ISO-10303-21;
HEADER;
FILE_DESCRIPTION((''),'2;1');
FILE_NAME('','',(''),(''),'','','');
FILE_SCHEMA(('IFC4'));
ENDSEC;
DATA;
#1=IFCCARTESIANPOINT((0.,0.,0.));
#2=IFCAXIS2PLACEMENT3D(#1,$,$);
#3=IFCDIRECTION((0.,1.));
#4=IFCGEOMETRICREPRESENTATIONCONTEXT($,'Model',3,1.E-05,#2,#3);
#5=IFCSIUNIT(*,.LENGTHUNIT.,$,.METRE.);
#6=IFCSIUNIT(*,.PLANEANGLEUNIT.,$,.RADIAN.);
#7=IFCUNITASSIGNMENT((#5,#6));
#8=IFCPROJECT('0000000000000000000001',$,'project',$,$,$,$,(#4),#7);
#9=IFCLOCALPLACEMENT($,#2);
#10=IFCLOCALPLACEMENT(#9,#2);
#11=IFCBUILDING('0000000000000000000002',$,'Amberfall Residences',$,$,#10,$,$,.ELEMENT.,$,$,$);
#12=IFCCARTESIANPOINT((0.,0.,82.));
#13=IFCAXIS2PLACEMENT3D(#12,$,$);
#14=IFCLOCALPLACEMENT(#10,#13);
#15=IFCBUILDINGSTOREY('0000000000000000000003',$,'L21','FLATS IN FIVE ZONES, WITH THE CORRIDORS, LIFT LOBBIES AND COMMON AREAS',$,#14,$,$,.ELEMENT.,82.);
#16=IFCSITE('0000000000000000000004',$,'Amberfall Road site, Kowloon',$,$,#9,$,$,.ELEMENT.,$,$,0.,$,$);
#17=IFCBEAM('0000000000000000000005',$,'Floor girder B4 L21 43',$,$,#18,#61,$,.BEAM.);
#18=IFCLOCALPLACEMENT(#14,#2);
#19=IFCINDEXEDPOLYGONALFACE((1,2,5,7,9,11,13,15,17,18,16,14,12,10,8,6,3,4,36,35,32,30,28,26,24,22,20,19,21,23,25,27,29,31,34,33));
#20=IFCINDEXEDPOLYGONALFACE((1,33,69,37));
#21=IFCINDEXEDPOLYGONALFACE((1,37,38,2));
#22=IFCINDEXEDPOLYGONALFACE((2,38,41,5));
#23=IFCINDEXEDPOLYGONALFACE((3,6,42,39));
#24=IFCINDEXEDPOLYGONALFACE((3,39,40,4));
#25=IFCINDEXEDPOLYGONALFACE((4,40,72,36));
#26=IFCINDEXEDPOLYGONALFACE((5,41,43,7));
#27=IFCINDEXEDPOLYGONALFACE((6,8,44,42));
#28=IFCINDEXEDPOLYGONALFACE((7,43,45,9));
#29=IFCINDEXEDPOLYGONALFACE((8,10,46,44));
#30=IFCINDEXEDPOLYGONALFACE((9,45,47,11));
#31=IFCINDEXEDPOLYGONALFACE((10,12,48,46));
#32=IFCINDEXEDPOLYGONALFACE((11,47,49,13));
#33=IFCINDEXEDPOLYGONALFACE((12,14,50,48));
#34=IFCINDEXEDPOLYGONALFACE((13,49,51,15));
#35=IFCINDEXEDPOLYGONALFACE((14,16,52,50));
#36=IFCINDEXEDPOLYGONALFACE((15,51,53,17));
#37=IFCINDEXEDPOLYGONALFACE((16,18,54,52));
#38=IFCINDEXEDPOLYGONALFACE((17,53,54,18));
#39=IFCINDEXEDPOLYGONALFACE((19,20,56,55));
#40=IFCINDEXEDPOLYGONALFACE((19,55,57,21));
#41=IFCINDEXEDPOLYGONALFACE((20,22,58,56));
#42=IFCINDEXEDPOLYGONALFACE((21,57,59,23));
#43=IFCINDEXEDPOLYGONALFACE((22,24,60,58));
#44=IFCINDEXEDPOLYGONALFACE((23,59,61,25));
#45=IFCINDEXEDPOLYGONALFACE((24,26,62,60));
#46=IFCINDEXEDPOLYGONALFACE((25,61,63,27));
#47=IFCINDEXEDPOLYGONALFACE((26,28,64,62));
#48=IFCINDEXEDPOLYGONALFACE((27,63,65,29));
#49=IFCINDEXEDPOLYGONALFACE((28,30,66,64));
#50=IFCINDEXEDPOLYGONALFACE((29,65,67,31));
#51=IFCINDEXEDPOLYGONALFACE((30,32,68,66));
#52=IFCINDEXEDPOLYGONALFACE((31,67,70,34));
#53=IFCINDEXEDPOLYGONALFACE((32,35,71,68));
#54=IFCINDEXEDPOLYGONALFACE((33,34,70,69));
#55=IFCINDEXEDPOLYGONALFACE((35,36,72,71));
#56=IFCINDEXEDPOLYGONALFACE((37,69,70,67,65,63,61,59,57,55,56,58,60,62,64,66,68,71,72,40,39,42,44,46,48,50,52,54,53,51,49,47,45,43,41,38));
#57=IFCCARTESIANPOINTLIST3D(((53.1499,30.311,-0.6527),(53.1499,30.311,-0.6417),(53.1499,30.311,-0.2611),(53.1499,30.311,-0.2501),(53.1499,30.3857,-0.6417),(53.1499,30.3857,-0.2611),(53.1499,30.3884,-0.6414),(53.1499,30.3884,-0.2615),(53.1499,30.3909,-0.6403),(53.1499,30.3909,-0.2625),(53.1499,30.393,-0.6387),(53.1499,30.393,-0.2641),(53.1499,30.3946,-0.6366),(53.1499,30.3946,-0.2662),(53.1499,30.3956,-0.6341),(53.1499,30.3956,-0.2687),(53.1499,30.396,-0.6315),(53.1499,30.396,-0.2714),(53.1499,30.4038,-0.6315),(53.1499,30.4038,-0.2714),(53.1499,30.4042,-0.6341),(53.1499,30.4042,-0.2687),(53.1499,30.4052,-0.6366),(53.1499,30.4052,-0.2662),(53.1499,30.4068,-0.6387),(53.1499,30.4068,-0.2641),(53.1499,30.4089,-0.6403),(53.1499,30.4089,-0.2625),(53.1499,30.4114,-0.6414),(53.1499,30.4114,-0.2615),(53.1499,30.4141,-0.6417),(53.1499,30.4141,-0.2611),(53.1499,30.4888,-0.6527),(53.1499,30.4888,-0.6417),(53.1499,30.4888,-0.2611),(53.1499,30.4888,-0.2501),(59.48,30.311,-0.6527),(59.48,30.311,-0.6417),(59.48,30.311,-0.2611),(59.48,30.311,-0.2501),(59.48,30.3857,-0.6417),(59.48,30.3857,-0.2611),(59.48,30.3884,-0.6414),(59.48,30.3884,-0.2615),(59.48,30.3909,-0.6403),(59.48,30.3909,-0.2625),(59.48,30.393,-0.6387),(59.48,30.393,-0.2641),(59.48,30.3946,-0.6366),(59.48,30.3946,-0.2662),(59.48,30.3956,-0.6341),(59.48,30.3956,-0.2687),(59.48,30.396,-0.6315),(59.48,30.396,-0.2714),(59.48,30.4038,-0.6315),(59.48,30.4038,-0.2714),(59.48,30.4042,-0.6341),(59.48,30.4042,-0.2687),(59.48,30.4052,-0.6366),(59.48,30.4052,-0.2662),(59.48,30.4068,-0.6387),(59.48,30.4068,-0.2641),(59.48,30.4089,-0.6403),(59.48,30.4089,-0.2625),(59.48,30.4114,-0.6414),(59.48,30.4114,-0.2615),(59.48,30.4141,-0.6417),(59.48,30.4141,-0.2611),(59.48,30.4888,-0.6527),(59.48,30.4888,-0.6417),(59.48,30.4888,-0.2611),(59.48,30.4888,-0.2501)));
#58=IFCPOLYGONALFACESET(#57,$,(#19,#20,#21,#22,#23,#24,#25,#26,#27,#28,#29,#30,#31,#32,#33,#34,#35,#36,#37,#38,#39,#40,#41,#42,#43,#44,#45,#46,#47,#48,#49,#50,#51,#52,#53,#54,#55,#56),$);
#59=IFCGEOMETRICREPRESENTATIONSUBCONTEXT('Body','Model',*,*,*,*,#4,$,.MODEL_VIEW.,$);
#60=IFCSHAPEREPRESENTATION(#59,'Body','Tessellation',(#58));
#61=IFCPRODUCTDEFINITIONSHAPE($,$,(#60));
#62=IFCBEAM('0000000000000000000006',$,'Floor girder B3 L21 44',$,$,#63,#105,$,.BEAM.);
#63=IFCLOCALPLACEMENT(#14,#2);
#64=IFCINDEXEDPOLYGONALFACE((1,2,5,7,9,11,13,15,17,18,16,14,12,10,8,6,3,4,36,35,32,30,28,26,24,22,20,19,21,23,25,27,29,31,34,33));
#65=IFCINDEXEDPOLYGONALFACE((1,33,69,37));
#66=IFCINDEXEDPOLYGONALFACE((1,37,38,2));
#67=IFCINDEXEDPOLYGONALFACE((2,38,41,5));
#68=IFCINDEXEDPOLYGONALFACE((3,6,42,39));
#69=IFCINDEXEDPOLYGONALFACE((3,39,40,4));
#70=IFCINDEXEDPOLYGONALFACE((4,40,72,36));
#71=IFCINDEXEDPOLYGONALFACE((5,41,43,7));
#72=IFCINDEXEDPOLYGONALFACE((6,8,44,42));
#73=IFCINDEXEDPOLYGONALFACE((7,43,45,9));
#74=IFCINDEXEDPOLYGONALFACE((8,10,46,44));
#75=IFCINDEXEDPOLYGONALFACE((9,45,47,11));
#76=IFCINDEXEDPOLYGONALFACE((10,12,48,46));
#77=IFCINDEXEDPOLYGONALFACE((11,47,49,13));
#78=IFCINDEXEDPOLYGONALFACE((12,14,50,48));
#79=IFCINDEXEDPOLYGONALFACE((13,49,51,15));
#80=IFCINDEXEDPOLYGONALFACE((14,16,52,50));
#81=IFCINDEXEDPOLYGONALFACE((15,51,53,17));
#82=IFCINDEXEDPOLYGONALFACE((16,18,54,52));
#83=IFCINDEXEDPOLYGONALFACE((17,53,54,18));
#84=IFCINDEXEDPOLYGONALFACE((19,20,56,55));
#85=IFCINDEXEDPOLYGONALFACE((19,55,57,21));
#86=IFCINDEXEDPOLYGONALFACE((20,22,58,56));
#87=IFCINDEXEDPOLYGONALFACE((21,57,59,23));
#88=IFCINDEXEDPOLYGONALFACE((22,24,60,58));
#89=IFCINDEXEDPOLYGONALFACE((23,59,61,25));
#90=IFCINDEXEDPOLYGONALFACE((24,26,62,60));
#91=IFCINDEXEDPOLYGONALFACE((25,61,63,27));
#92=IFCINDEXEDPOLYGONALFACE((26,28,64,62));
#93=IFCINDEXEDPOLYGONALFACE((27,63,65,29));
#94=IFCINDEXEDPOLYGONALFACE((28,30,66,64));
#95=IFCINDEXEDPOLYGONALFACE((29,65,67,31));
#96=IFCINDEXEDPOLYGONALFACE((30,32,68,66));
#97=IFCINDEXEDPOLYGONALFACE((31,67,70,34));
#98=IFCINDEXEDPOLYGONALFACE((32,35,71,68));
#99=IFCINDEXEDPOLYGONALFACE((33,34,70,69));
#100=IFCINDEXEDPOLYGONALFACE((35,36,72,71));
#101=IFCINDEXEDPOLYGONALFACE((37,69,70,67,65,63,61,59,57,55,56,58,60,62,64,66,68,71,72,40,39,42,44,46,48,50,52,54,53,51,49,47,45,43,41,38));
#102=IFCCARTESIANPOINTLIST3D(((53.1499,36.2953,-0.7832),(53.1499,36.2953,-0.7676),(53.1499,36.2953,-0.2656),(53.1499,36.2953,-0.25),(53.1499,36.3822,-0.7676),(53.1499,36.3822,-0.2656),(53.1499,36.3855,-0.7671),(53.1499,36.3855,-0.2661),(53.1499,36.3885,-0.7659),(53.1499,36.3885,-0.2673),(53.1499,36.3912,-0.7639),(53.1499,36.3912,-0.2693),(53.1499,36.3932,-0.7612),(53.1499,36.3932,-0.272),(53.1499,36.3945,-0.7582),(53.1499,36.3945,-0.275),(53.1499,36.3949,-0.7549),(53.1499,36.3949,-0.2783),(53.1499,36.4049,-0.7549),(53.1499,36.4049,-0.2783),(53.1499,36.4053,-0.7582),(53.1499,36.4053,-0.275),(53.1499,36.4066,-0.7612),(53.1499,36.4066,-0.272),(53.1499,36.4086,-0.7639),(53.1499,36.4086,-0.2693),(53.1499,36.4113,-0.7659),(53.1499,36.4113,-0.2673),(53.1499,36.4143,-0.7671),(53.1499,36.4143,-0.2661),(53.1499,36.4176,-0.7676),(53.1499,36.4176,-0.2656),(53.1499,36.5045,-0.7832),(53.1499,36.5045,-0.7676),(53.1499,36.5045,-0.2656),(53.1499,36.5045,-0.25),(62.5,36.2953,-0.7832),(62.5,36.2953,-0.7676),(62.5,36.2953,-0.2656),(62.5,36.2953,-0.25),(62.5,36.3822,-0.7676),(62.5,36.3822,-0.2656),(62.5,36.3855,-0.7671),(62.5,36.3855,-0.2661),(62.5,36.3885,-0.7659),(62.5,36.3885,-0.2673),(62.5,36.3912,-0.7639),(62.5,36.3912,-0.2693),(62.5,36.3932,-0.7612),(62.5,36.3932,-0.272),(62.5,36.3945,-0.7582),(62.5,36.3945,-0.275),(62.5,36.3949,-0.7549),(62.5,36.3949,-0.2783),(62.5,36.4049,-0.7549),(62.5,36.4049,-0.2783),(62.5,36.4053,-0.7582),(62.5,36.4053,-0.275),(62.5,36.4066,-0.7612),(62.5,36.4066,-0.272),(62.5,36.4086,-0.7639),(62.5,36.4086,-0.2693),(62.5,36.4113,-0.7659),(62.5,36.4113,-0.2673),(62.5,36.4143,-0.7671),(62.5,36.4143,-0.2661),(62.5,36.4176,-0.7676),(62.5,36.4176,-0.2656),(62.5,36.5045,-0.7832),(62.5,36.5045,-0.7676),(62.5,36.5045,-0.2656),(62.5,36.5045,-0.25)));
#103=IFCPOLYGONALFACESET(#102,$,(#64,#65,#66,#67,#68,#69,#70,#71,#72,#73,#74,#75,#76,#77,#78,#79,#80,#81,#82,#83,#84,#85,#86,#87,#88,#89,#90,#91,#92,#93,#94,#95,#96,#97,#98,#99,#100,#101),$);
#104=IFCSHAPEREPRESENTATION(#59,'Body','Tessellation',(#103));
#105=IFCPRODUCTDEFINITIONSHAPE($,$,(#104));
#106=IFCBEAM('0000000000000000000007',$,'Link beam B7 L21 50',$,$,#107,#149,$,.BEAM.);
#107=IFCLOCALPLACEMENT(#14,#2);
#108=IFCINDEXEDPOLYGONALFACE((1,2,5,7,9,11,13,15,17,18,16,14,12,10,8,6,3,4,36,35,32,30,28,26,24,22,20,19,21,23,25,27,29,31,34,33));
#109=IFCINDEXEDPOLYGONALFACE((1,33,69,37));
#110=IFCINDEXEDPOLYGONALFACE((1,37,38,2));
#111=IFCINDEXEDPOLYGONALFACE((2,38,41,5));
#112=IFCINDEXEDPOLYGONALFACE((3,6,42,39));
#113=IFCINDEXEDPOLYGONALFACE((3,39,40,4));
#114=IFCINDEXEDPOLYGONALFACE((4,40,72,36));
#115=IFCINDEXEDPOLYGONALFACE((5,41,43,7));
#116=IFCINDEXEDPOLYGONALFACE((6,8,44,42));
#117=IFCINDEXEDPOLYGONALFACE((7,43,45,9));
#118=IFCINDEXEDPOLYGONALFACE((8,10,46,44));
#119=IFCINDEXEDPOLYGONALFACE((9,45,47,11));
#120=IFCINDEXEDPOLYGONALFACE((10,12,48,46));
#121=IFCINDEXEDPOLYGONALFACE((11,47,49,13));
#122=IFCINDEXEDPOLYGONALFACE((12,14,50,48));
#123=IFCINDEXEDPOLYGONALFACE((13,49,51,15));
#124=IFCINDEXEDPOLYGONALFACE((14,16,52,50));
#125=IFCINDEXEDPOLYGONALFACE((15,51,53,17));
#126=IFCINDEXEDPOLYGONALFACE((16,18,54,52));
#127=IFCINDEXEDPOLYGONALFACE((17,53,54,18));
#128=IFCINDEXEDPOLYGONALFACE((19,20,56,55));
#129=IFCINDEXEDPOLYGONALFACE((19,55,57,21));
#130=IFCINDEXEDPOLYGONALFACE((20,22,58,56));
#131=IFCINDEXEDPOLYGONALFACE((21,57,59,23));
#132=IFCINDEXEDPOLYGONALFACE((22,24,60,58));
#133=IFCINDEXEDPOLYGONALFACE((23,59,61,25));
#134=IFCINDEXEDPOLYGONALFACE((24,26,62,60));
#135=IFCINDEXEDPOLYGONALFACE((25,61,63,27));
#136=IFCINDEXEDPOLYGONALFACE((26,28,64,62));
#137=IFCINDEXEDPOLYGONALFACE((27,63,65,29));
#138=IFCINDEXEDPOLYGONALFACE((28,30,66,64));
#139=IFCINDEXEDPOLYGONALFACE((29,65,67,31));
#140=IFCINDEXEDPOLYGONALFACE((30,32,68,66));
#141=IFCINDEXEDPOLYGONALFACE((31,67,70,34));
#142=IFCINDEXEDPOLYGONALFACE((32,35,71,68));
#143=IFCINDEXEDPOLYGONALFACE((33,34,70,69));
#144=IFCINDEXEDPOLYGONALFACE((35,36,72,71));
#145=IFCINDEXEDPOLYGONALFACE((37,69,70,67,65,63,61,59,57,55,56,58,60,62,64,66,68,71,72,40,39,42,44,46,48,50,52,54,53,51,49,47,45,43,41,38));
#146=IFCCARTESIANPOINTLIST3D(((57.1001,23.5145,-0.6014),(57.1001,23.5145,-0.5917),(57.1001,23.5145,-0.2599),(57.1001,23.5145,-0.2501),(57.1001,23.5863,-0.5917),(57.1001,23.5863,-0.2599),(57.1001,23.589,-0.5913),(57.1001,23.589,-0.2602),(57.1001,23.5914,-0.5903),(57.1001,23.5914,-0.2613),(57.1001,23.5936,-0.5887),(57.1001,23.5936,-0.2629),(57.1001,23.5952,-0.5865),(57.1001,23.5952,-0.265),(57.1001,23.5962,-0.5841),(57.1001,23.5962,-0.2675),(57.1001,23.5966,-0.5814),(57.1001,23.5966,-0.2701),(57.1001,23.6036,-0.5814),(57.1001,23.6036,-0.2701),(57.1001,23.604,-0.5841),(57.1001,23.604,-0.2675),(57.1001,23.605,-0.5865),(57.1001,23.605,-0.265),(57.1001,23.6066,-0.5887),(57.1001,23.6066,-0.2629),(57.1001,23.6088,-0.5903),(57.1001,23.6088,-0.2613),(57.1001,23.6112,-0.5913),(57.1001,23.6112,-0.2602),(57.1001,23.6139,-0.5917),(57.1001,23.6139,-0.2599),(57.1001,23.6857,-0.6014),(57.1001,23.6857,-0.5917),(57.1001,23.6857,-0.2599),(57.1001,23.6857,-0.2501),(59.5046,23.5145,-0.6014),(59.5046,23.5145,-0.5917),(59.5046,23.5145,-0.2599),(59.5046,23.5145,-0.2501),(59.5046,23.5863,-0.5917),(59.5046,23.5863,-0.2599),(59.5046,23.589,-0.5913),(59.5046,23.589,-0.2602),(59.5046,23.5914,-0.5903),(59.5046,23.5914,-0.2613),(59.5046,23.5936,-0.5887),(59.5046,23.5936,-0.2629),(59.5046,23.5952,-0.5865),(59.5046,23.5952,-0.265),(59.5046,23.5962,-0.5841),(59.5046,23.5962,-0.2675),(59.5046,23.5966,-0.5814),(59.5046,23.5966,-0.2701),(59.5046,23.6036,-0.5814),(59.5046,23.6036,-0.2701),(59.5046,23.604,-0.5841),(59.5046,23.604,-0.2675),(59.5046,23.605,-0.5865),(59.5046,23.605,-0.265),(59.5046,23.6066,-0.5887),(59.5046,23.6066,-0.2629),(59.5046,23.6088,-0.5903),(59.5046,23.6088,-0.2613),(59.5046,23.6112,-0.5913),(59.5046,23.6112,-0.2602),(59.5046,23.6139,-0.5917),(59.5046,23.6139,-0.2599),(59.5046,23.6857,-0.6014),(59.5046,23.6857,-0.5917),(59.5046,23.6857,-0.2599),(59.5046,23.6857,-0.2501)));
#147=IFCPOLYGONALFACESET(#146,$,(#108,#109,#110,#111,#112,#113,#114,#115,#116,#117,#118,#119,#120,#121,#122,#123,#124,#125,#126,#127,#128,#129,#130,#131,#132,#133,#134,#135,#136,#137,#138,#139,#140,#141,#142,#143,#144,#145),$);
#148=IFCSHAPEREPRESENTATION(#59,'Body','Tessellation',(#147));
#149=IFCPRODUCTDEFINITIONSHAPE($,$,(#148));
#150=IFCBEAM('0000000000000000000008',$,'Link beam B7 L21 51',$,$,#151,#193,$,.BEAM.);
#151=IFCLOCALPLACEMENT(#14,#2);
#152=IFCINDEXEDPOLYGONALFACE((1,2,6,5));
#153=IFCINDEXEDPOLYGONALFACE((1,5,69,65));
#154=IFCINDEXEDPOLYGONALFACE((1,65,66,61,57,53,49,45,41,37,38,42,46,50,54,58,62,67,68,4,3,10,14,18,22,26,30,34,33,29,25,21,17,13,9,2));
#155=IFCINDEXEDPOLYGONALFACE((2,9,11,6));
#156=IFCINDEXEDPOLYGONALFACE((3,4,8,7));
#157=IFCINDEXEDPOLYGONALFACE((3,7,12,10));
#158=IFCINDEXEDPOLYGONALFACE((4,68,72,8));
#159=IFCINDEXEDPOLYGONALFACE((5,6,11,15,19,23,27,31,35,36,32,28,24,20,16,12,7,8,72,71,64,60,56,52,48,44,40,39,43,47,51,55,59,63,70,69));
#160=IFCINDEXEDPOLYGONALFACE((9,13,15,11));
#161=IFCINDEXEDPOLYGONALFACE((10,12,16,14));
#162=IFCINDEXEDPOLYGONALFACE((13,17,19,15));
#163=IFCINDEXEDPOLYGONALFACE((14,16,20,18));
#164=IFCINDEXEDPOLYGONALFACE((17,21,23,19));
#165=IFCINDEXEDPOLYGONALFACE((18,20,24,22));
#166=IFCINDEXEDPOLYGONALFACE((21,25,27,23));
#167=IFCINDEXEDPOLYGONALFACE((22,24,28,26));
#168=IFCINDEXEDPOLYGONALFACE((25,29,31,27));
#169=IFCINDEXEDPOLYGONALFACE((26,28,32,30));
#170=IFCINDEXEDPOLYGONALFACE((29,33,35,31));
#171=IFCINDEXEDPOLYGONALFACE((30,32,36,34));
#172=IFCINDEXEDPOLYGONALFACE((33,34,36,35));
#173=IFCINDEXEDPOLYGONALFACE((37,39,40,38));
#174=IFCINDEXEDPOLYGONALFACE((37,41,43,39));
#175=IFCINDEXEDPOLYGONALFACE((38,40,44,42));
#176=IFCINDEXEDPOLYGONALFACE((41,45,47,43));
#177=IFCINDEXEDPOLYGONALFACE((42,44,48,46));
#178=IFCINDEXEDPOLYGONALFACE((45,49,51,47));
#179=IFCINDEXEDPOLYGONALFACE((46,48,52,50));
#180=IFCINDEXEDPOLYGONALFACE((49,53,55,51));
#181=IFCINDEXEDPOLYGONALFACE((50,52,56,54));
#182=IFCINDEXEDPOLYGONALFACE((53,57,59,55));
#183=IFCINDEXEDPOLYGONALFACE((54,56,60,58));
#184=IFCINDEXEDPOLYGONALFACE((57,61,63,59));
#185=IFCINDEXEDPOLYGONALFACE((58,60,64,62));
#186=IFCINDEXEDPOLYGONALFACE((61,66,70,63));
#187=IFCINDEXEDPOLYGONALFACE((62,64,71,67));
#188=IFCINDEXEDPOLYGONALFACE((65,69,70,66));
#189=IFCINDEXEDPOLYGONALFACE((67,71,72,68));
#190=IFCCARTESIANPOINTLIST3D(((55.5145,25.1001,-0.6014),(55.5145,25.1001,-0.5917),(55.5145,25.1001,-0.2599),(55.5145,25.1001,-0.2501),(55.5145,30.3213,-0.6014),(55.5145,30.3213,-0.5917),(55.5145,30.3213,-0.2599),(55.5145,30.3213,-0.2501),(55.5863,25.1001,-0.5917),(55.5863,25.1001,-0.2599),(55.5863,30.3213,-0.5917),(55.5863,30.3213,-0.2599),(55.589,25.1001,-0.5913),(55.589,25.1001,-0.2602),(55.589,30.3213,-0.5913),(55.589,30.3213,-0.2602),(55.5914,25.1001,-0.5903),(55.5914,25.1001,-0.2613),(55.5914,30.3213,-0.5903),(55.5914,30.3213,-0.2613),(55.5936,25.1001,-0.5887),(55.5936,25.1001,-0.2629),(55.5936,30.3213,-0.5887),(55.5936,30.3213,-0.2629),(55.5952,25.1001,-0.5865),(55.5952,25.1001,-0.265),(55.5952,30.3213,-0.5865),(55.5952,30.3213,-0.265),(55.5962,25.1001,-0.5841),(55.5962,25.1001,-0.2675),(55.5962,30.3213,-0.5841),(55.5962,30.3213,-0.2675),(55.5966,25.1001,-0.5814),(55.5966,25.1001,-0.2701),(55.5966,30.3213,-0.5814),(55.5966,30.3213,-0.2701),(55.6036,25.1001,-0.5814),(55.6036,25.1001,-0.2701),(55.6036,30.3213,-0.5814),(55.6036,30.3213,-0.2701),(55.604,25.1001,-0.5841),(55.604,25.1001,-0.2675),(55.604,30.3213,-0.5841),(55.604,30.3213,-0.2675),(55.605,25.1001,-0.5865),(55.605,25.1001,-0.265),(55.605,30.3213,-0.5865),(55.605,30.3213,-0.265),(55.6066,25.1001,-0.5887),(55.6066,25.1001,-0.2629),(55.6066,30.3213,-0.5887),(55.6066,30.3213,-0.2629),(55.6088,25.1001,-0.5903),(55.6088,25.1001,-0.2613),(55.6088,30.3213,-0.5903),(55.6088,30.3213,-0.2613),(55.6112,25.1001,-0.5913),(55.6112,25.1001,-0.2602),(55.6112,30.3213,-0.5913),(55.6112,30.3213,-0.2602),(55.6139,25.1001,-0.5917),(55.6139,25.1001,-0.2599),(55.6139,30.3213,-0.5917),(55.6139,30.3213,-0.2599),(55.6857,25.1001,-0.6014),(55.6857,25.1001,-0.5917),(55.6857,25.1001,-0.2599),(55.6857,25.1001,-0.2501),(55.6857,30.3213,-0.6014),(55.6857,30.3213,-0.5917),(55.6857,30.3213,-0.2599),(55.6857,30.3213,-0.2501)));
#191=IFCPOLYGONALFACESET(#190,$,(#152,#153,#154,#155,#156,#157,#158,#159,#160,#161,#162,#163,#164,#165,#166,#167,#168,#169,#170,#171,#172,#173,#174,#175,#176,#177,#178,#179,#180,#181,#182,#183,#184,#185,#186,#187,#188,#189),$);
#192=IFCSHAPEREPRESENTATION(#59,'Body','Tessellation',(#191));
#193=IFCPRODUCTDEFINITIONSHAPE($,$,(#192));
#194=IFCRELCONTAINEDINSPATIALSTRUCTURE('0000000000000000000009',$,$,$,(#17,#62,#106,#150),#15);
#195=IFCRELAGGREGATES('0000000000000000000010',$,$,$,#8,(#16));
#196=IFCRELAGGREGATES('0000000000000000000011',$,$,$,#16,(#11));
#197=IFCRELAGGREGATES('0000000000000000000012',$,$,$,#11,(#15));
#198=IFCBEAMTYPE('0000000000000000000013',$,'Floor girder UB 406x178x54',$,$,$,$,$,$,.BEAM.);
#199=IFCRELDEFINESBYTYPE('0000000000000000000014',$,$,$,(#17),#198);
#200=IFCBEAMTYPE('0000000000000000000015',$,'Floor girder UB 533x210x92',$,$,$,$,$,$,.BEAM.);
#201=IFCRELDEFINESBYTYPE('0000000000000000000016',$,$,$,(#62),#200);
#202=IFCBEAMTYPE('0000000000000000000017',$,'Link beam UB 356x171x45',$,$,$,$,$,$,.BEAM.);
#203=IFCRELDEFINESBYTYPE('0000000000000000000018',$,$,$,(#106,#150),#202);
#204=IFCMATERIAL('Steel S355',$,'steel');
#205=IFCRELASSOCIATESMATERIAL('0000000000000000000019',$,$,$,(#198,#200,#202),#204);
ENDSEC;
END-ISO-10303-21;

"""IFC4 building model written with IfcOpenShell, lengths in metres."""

from ifc_helpers import new_model, si_unit, direction, frame, origin, origin_2d, place, context, subcontext, project, spatial, i_section, extrude, material, material_profile, profile_set, type_object, element, save


model = new_model("IFC4")

# Units and contexts
model_context = context("Model", 3, precision=1e-05, world=origin(), true_north=direction((0.0, 1.0)))
body_context = subcontext(model_context, "Body", "Model", "MODEL_VIEW")
ifc_project = project(units=[si_unit("LENGTHUNIT", "METRE"), si_unit("PLANEANGLEUNIT", "RADIAN")], contexts=[model_context])

# Site, building, storey
site_placement = place(None, origin())
site = spatial("IfcSite", under=ifc_project, at=site_placement, Name="Amberfall Road site, Kowloon", CompositionType="ELEMENT", RefElevation=0.0)
building_placement = place(site_placement, origin())
building = spatial("IfcBuilding", under=site, at=building_placement, Name="Amberfall Residences", CompositionType="ELEMENT")
storey_placement = place(building_placement, frame((0.0, 0.0, 82.0)))
storey = spatial("IfcBuildingStorey", under=building, at=storey_placement, Name="L21", Description="FLATS IN FIVE ZONES, WITH THE CORRIDORS, LIFT LOBBIES AND COMMON AREAS", CompositionType="ELEMENT", Elevation=82.0)

# Beams
ifc_material_1 = material(Name="Steel S355", Category="steel")
ifc_material_profile_1 = material_profile(ifc_material_1, i_section(OverallWidth=0.1777, OverallDepth=0.4026, WebThickness=0.0078, FlangeThickness=0.011, FilletRadius=0.0103, at=origin_2d()), Name="UB 406x178x54")
ifc_profile_set_1 = profile_set([ifc_material_profile_1], Name="Steel S355")
beam_type_1 = type_object("IfcBeamType", Name="Floor girder UB 406x178x54", PredefinedType="BEAM", material=ifc_profile_set_1)
beam_1_placement = place(storey_placement, frame((53.1499, 30.3999, -0.4514), z_axis=(1.0, 0.0, 0.0), x_axis=(0.0, 1.0, 0.0)))
element("IfcBeam", 1, at=beam_1_placement, inside=storey, type_object=beam_type_1, Name="Floor girder B4 L21 43", PredefinedType="BEAM", context=body_context, shape_type="SweptSolid", body=[
    extrude(i_section(OverallWidth=0.1777, OverallDepth=0.4026, WebThickness=0.0078, FlangeThickness=0.011, FilletRadius=0.0103, at=origin_2d()), origin(), (0.0, 0.0, 1.0), 6.3301),
])
ifc_material_profile_2 = material_profile(ifc_material_1, i_section(OverallWidth=0.2092, OverallDepth=0.5332, WebThickness=0.01, FlangeThickness=0.0156, FilletRadius=0.0127, at=origin_2d()), Name="UB 533x210x92")
ifc_profile_set_2 = profile_set([ifc_material_profile_2], Name="Steel S355")
beam_type_2 = type_object("IfcBeamType", Name="Floor girder UB 533x210x92", PredefinedType="BEAM", material=ifc_profile_set_2)
beam_2_placement = place(storey_placement, frame((53.1499, 36.3999, -0.5166), z_axis=(1.0, 0.0, 0.0), x_axis=(0.0, 1.0, 0.0)))
element("IfcBeam", 2, at=beam_2_placement, inside=storey, type_object=beam_type_2, Name="Floor girder B3 L21 44", PredefinedType="BEAM", context=body_context, shape_type="SweptSolid", body=[
    extrude(i_section(OverallWidth=0.2092, OverallDepth=0.5332, WebThickness=0.01, FlangeThickness=0.0156, FilletRadius=0.0127, at=origin_2d()), origin(), (0.0, 0.0, 1.0), 9.3501),
])
ifc_material_profile_3 = material_profile(ifc_material_1, i_section(OverallWidth=0.1711, OverallDepth=0.3513, WebThickness=0.0071, FlangeThickness=0.0098, FilletRadius=0.0103, at=origin_2d()), Name="UB 356x171x45")
ifc_profile_set_3 = profile_set([ifc_material_profile_3], Name="Steel S355")
beam_type_3 = type_object("IfcBeamType", Name="Link beam UB 356x171x45", PredefinedType="BEAM", material=ifc_profile_set_3)
beam_3_placement = place(storey_placement, frame((57.1001, 23.6001, -0.4258), z_axis=(1.0, 0.0, 0.0), x_axis=(0.0, 1.0, 0.0)))
element("IfcBeam", 3, at=beam_3_placement, inside=storey, type_object=beam_type_3, Name="Link beam B7 L21 50", PredefinedType="BEAM", context=body_context, shape_type="SweptSolid", body=[
    extrude(i_section(OverallWidth=0.1711, OverallDepth=0.3513, WebThickness=0.0071, FlangeThickness=0.0098, FilletRadius=0.0103, at=origin_2d()), origin(), (0.0, 0.0, 1.0), 2.4045),
])
beam_4_placement = place(storey_placement, frame((55.6001, 25.1001, -0.4258), z_axis=(0.0, 1.0, 0.0), x_axis=(-1.0, 0.0, 0.0)))
element("IfcBeam", 4, at=beam_4_placement, inside=storey, type_object=beam_type_3, Name="Link beam B7 L21 51", PredefinedType="BEAM", context=body_context, shape_type="SweptSolid", body=[
    extrude(i_section(OverallWidth=0.1711, OverallDepth=0.3513, WebThickness=0.0071, FlangeThickness=0.0098, FilletRadius=0.0103, at=origin_2d()), origin(), (0.0, 0.0, 1.0), 5.2212),
])

save(model, "model.ifc")
